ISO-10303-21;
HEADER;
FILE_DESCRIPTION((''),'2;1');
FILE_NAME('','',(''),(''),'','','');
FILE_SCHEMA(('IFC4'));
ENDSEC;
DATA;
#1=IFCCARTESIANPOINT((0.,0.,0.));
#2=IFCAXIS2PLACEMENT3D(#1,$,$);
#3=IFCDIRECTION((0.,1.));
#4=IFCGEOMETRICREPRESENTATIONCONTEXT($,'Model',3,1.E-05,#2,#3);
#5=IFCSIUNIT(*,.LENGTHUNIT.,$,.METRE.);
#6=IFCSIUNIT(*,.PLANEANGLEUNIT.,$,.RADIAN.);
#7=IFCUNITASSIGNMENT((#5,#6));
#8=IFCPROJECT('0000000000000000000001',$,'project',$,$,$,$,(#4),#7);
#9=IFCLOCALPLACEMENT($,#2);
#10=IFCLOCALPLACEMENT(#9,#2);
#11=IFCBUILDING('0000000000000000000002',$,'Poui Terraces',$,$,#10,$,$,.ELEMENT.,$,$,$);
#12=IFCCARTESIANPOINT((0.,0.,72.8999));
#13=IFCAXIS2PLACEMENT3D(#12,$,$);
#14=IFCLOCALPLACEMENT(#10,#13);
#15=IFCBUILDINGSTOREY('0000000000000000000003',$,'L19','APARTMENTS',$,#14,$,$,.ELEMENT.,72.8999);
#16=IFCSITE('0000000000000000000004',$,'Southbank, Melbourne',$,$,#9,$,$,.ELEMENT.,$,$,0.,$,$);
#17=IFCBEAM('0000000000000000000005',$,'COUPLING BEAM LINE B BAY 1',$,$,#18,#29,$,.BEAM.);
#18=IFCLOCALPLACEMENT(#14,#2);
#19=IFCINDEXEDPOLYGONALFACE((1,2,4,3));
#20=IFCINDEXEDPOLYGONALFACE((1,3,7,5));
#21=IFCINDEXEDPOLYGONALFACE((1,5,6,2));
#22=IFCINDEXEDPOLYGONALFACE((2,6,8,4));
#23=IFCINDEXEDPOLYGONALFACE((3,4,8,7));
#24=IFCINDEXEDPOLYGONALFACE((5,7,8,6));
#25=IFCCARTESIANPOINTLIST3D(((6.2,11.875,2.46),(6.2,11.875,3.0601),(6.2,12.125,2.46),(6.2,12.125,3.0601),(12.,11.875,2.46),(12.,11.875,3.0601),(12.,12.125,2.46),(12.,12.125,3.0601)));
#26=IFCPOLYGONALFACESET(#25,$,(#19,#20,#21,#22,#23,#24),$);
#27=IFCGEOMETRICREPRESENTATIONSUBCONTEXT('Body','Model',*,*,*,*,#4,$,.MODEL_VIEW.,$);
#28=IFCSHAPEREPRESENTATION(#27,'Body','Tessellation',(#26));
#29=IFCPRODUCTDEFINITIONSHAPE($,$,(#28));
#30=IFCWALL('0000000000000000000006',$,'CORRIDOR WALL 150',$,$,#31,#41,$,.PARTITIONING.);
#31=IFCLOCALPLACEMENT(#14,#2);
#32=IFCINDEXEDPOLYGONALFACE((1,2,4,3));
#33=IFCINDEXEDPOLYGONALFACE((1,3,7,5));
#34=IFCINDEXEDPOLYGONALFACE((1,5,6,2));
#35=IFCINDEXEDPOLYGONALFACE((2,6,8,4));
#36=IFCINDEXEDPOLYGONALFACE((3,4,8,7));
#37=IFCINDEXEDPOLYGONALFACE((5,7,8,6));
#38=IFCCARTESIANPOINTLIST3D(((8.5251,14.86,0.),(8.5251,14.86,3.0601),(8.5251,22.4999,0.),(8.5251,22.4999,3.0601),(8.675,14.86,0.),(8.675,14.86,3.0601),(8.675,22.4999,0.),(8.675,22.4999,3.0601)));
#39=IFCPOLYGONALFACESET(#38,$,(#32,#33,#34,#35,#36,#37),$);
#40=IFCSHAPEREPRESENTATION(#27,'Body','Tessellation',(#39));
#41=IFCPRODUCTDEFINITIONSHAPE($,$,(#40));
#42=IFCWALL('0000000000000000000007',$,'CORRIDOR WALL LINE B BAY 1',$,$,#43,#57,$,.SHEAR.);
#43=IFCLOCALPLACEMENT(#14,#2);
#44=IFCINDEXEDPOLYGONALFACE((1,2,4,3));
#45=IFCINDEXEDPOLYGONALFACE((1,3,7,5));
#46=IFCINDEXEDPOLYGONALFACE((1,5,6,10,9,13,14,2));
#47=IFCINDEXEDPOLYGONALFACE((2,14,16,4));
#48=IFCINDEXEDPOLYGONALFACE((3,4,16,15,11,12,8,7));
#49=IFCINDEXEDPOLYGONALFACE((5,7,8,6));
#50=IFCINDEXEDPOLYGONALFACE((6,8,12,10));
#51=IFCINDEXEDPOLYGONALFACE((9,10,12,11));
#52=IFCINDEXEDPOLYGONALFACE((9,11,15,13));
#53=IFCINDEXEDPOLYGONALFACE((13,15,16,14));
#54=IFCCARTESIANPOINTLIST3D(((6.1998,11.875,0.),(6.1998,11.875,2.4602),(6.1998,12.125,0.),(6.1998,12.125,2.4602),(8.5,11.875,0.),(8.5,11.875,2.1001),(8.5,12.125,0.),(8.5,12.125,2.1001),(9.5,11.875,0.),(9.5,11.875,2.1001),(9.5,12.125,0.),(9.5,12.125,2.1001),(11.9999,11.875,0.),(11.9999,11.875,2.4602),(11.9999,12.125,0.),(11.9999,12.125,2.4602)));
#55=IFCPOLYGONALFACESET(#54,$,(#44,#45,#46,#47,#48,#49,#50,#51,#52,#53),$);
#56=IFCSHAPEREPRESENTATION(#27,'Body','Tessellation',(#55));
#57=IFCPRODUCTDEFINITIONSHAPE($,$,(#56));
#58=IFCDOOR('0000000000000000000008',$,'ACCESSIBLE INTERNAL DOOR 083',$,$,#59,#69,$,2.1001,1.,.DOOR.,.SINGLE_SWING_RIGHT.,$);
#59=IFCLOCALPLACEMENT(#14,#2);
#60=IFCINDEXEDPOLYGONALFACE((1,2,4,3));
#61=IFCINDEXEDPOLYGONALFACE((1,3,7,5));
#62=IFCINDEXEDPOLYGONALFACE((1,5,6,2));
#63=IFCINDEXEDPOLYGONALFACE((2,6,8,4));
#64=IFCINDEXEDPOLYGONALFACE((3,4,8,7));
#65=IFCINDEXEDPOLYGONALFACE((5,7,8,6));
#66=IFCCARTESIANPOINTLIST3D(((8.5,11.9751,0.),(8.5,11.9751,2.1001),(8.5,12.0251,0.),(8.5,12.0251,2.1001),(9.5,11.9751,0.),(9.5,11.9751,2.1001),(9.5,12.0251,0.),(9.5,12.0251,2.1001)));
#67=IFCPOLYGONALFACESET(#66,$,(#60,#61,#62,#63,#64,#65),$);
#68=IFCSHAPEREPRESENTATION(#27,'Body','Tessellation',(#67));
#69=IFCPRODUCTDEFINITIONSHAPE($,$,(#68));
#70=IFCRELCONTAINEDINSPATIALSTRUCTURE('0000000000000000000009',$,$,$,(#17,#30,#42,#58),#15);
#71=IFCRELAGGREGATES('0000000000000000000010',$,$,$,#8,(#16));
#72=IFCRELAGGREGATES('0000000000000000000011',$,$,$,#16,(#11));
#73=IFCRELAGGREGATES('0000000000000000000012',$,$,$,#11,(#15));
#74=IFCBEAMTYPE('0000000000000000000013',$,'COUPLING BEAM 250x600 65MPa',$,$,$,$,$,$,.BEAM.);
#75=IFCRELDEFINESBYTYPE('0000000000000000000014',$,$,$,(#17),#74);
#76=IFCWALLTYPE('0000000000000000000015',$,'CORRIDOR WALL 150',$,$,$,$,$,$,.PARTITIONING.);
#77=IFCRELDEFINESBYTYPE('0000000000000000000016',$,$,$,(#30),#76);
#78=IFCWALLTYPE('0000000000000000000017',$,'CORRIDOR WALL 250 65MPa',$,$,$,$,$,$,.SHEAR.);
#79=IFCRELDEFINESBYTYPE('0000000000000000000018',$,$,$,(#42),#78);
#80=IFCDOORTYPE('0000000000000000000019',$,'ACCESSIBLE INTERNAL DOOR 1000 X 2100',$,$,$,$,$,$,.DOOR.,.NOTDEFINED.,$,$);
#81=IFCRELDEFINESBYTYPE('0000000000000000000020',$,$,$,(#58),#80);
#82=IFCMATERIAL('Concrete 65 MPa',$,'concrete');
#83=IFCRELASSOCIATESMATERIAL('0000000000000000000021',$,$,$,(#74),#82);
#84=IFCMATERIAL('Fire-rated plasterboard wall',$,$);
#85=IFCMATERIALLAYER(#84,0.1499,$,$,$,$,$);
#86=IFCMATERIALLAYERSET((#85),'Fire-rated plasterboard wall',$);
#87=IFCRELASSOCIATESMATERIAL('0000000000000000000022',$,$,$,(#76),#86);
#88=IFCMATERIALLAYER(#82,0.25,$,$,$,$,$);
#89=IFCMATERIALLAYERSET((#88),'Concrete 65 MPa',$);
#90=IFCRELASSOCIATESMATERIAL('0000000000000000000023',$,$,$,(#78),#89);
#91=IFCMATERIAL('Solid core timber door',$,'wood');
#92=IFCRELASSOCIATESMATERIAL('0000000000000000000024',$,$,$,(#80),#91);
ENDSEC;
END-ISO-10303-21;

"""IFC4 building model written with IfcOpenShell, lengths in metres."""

from ifc_helpers import new_model, si_unit, direction, frame, frame_2d, origin, origin_2d, place, context, subcontext, project, spatial, rectangle, extrude, source, transform, mapped, material, layer, layer_set, material_profile, profile_set, type_object, element, fill, save


model = new_model("IFC4")

# Units and contexts
model_context = context("Model", 3, precision=1e-05, world=origin(), true_north=direction((0.0, 1.0)))
body_context = subcontext(model_context, "Body", "Model", "MODEL_VIEW")
ifc_project = project(units=[si_unit("LENGTHUNIT", "METRE"), si_unit("PLANEANGLEUNIT", "RADIAN")], contexts=[model_context])

# Site, building, storey
site_placement = place(None, origin())
site = spatial("IfcSite", under=ifc_project, at=site_placement, Name="Southbank, Melbourne", CompositionType="ELEMENT", RefElevation=0.0)
building_placement = place(site_placement, origin())
building = spatial("IfcBuilding", under=site, at=building_placement, Name="Poui Terraces", CompositionType="ELEMENT")
storey_placement = place(building_placement, frame((0.0, 0.0, 72.8999)))
storey = spatial("IfcBuildingStorey", under=building, at=storey_placement, Name="L19", Description="APARTMENTS", CompositionType="ELEMENT", Elevation=72.8999)

# Beam
ifc_material_1 = material(Name="Concrete 65 MPa", Category="concrete")
ifc_material_profile = material_profile(ifc_material_1, rectangle(XDim=0.25, YDim=0.6001, at=origin_2d()), Name="RC 250x600")
ifc_profile_set = profile_set([ifc_material_profile], Name="Concrete 65 MPa")
beam_type = type_object("IfcBeamType", Name="COUPLING BEAM 250x600 65MPa", PredefinedType="BEAM", material=ifc_profile_set)
shared_shape = source(origin(), body_context, "Body", "SweptSolid", [
    extrude(rectangle(XDim=0.25, YDim=0.6001, at=origin_2d()), origin(), (0.0, 0.0, 1.0), 5.8),
])
beam_placement = place(storey_placement, frame((6.2, 12.0, 2.76), z_axis=(1.0, 0.0, 0.0), x_axis=(0.0, 1.0, 0.0)))
element("IfcBeam", 1, at=beam_placement, inside=storey, type_object=beam_type, Name="COUPLING BEAM LINE B BAY 1", PredefinedType="BEAM", context=body_context, shape_type="MappedRepresentation", body=[
    mapped(shared_shape, transform((0.0, 0.0, 0.0))),
])

# Wall
ifc_material_2 = material(Name="Fire-rated plasterboard wall")
ifc_layer_1 = layer(ifc_material_2, 0.1499)
ifc_layer_set_1 = layer_set([ifc_layer_1], Name="Fire-rated plasterboard wall")
wall_type_1 = type_object("IfcWallType", Name="CORRIDOR WALL 150", PredefinedType="PARTITIONING", material=ifc_layer_set_1)
wall_1_placement = place(storey_placement, frame((8.6001, 14.8601, 0.0), z_axis=(0.0, 0.0, 1.0), x_axis=(0.0, 1.0, 0.0)))
element("IfcWall", 2, at=wall_1_placement, inside=storey, type_object=wall_type_1, Name="CORRIDOR WALL 150", PredefinedType="PARTITIONING", context=body_context, shape_type="SweptSolid", body=[
    extrude(rectangle(XDim=7.6399, YDim=0.1499, at=frame_2d((3.8198, 0.0))), origin(), (0.0, 0.0, 1.0), 3.0601),
])

# Wall, opening, door
ifc_layer_2 = layer(ifc_material_1, 0.25)
ifc_layer_set_2 = layer_set([ifc_layer_2], Name="Concrete 65 MPa")
wall_type_2 = type_object("IfcWallType", Name="CORRIDOR WALL 250 65MPa", PredefinedType="SHEAR", material=ifc_layer_set_2)
wall_2_placement = place(storey_placement, frame((6.2, 12.0, 0.0), z_axis=(0.0, 0.0, 1.0), x_axis=(1.0, 0.0, 0.0)))
wall_2 = element("IfcWall", 3, at=wall_2_placement, inside=storey, type_object=wall_type_2, Name="CORRIDOR WALL LINE B BAY 1", PredefinedType="SHEAR", context=body_context, shape_type="SweptSolid", body=[
    extrude(rectangle(XDim=5.8, YDim=0.25, at=frame_2d((2.8999, 0.0))), origin(), (0.0, 0.0, 1.0), 2.4602),
])
opening_1_placement = place(wall_2_placement, frame((2.3, 0.0, 0.0)))
opening_1 = element("IfcOpeningElement", 4, at=opening_1_placement, cuts=wall_2, PredefinedType="OPENING", context=body_context, shape_type="SweptSolid", body=[
    extrude(rectangle(XDim=1.0, YDim=2.1001, at=frame_2d((0.5, 1.05))), frame((0.0, 0.135, 0.0), z_axis=(0.0, -1.0, 0.0), x_axis=(1.0, 0.0, 0.0)), (0.0, 0.0, 1.0), 0.27),
])
ifc_material_3 = material(Name="Solid core timber door", Category="wood")
door_type_1 = type_object("IfcDoorType", Name="ACCESSIBLE INTERNAL DOOR 1000 X 2100", OperationType="NOTDEFINED", PredefinedType="DOOR", material=ifc_material_3)
door_1_placement = place(opening_1_placement, frame((1.0, 0.0, 0.0), z_axis=(0.0, 0.0, 1.0), x_axis=(-1.0, 0.0, 0.0)))
door_1 = element("IfcDoor", 5, at=door_1_placement, inside=storey, type_object=door_type_1, Name="ACCESSIBLE INTERNAL DOOR 083", OperationType="SINGLE_SWING_RIGHT", OverallHeight=2.1001, OverallWidth=1.0, PredefinedType="DOOR", context=body_context, shape_type="SweptSolid", body=[
    extrude(rectangle(XDim=1.0, YDim=2.1001, at=frame_2d((0.5, 1.05))), frame((0.0, 0.0249, 0.0), z_axis=(0.0, -1.0, 0.0), x_axis=(1.0, 0.0, 0.0)), (0.0, 0.0, 1.0), 0.05),
])
fill(opening_1, door_1)

save(model, "model.ifc")
